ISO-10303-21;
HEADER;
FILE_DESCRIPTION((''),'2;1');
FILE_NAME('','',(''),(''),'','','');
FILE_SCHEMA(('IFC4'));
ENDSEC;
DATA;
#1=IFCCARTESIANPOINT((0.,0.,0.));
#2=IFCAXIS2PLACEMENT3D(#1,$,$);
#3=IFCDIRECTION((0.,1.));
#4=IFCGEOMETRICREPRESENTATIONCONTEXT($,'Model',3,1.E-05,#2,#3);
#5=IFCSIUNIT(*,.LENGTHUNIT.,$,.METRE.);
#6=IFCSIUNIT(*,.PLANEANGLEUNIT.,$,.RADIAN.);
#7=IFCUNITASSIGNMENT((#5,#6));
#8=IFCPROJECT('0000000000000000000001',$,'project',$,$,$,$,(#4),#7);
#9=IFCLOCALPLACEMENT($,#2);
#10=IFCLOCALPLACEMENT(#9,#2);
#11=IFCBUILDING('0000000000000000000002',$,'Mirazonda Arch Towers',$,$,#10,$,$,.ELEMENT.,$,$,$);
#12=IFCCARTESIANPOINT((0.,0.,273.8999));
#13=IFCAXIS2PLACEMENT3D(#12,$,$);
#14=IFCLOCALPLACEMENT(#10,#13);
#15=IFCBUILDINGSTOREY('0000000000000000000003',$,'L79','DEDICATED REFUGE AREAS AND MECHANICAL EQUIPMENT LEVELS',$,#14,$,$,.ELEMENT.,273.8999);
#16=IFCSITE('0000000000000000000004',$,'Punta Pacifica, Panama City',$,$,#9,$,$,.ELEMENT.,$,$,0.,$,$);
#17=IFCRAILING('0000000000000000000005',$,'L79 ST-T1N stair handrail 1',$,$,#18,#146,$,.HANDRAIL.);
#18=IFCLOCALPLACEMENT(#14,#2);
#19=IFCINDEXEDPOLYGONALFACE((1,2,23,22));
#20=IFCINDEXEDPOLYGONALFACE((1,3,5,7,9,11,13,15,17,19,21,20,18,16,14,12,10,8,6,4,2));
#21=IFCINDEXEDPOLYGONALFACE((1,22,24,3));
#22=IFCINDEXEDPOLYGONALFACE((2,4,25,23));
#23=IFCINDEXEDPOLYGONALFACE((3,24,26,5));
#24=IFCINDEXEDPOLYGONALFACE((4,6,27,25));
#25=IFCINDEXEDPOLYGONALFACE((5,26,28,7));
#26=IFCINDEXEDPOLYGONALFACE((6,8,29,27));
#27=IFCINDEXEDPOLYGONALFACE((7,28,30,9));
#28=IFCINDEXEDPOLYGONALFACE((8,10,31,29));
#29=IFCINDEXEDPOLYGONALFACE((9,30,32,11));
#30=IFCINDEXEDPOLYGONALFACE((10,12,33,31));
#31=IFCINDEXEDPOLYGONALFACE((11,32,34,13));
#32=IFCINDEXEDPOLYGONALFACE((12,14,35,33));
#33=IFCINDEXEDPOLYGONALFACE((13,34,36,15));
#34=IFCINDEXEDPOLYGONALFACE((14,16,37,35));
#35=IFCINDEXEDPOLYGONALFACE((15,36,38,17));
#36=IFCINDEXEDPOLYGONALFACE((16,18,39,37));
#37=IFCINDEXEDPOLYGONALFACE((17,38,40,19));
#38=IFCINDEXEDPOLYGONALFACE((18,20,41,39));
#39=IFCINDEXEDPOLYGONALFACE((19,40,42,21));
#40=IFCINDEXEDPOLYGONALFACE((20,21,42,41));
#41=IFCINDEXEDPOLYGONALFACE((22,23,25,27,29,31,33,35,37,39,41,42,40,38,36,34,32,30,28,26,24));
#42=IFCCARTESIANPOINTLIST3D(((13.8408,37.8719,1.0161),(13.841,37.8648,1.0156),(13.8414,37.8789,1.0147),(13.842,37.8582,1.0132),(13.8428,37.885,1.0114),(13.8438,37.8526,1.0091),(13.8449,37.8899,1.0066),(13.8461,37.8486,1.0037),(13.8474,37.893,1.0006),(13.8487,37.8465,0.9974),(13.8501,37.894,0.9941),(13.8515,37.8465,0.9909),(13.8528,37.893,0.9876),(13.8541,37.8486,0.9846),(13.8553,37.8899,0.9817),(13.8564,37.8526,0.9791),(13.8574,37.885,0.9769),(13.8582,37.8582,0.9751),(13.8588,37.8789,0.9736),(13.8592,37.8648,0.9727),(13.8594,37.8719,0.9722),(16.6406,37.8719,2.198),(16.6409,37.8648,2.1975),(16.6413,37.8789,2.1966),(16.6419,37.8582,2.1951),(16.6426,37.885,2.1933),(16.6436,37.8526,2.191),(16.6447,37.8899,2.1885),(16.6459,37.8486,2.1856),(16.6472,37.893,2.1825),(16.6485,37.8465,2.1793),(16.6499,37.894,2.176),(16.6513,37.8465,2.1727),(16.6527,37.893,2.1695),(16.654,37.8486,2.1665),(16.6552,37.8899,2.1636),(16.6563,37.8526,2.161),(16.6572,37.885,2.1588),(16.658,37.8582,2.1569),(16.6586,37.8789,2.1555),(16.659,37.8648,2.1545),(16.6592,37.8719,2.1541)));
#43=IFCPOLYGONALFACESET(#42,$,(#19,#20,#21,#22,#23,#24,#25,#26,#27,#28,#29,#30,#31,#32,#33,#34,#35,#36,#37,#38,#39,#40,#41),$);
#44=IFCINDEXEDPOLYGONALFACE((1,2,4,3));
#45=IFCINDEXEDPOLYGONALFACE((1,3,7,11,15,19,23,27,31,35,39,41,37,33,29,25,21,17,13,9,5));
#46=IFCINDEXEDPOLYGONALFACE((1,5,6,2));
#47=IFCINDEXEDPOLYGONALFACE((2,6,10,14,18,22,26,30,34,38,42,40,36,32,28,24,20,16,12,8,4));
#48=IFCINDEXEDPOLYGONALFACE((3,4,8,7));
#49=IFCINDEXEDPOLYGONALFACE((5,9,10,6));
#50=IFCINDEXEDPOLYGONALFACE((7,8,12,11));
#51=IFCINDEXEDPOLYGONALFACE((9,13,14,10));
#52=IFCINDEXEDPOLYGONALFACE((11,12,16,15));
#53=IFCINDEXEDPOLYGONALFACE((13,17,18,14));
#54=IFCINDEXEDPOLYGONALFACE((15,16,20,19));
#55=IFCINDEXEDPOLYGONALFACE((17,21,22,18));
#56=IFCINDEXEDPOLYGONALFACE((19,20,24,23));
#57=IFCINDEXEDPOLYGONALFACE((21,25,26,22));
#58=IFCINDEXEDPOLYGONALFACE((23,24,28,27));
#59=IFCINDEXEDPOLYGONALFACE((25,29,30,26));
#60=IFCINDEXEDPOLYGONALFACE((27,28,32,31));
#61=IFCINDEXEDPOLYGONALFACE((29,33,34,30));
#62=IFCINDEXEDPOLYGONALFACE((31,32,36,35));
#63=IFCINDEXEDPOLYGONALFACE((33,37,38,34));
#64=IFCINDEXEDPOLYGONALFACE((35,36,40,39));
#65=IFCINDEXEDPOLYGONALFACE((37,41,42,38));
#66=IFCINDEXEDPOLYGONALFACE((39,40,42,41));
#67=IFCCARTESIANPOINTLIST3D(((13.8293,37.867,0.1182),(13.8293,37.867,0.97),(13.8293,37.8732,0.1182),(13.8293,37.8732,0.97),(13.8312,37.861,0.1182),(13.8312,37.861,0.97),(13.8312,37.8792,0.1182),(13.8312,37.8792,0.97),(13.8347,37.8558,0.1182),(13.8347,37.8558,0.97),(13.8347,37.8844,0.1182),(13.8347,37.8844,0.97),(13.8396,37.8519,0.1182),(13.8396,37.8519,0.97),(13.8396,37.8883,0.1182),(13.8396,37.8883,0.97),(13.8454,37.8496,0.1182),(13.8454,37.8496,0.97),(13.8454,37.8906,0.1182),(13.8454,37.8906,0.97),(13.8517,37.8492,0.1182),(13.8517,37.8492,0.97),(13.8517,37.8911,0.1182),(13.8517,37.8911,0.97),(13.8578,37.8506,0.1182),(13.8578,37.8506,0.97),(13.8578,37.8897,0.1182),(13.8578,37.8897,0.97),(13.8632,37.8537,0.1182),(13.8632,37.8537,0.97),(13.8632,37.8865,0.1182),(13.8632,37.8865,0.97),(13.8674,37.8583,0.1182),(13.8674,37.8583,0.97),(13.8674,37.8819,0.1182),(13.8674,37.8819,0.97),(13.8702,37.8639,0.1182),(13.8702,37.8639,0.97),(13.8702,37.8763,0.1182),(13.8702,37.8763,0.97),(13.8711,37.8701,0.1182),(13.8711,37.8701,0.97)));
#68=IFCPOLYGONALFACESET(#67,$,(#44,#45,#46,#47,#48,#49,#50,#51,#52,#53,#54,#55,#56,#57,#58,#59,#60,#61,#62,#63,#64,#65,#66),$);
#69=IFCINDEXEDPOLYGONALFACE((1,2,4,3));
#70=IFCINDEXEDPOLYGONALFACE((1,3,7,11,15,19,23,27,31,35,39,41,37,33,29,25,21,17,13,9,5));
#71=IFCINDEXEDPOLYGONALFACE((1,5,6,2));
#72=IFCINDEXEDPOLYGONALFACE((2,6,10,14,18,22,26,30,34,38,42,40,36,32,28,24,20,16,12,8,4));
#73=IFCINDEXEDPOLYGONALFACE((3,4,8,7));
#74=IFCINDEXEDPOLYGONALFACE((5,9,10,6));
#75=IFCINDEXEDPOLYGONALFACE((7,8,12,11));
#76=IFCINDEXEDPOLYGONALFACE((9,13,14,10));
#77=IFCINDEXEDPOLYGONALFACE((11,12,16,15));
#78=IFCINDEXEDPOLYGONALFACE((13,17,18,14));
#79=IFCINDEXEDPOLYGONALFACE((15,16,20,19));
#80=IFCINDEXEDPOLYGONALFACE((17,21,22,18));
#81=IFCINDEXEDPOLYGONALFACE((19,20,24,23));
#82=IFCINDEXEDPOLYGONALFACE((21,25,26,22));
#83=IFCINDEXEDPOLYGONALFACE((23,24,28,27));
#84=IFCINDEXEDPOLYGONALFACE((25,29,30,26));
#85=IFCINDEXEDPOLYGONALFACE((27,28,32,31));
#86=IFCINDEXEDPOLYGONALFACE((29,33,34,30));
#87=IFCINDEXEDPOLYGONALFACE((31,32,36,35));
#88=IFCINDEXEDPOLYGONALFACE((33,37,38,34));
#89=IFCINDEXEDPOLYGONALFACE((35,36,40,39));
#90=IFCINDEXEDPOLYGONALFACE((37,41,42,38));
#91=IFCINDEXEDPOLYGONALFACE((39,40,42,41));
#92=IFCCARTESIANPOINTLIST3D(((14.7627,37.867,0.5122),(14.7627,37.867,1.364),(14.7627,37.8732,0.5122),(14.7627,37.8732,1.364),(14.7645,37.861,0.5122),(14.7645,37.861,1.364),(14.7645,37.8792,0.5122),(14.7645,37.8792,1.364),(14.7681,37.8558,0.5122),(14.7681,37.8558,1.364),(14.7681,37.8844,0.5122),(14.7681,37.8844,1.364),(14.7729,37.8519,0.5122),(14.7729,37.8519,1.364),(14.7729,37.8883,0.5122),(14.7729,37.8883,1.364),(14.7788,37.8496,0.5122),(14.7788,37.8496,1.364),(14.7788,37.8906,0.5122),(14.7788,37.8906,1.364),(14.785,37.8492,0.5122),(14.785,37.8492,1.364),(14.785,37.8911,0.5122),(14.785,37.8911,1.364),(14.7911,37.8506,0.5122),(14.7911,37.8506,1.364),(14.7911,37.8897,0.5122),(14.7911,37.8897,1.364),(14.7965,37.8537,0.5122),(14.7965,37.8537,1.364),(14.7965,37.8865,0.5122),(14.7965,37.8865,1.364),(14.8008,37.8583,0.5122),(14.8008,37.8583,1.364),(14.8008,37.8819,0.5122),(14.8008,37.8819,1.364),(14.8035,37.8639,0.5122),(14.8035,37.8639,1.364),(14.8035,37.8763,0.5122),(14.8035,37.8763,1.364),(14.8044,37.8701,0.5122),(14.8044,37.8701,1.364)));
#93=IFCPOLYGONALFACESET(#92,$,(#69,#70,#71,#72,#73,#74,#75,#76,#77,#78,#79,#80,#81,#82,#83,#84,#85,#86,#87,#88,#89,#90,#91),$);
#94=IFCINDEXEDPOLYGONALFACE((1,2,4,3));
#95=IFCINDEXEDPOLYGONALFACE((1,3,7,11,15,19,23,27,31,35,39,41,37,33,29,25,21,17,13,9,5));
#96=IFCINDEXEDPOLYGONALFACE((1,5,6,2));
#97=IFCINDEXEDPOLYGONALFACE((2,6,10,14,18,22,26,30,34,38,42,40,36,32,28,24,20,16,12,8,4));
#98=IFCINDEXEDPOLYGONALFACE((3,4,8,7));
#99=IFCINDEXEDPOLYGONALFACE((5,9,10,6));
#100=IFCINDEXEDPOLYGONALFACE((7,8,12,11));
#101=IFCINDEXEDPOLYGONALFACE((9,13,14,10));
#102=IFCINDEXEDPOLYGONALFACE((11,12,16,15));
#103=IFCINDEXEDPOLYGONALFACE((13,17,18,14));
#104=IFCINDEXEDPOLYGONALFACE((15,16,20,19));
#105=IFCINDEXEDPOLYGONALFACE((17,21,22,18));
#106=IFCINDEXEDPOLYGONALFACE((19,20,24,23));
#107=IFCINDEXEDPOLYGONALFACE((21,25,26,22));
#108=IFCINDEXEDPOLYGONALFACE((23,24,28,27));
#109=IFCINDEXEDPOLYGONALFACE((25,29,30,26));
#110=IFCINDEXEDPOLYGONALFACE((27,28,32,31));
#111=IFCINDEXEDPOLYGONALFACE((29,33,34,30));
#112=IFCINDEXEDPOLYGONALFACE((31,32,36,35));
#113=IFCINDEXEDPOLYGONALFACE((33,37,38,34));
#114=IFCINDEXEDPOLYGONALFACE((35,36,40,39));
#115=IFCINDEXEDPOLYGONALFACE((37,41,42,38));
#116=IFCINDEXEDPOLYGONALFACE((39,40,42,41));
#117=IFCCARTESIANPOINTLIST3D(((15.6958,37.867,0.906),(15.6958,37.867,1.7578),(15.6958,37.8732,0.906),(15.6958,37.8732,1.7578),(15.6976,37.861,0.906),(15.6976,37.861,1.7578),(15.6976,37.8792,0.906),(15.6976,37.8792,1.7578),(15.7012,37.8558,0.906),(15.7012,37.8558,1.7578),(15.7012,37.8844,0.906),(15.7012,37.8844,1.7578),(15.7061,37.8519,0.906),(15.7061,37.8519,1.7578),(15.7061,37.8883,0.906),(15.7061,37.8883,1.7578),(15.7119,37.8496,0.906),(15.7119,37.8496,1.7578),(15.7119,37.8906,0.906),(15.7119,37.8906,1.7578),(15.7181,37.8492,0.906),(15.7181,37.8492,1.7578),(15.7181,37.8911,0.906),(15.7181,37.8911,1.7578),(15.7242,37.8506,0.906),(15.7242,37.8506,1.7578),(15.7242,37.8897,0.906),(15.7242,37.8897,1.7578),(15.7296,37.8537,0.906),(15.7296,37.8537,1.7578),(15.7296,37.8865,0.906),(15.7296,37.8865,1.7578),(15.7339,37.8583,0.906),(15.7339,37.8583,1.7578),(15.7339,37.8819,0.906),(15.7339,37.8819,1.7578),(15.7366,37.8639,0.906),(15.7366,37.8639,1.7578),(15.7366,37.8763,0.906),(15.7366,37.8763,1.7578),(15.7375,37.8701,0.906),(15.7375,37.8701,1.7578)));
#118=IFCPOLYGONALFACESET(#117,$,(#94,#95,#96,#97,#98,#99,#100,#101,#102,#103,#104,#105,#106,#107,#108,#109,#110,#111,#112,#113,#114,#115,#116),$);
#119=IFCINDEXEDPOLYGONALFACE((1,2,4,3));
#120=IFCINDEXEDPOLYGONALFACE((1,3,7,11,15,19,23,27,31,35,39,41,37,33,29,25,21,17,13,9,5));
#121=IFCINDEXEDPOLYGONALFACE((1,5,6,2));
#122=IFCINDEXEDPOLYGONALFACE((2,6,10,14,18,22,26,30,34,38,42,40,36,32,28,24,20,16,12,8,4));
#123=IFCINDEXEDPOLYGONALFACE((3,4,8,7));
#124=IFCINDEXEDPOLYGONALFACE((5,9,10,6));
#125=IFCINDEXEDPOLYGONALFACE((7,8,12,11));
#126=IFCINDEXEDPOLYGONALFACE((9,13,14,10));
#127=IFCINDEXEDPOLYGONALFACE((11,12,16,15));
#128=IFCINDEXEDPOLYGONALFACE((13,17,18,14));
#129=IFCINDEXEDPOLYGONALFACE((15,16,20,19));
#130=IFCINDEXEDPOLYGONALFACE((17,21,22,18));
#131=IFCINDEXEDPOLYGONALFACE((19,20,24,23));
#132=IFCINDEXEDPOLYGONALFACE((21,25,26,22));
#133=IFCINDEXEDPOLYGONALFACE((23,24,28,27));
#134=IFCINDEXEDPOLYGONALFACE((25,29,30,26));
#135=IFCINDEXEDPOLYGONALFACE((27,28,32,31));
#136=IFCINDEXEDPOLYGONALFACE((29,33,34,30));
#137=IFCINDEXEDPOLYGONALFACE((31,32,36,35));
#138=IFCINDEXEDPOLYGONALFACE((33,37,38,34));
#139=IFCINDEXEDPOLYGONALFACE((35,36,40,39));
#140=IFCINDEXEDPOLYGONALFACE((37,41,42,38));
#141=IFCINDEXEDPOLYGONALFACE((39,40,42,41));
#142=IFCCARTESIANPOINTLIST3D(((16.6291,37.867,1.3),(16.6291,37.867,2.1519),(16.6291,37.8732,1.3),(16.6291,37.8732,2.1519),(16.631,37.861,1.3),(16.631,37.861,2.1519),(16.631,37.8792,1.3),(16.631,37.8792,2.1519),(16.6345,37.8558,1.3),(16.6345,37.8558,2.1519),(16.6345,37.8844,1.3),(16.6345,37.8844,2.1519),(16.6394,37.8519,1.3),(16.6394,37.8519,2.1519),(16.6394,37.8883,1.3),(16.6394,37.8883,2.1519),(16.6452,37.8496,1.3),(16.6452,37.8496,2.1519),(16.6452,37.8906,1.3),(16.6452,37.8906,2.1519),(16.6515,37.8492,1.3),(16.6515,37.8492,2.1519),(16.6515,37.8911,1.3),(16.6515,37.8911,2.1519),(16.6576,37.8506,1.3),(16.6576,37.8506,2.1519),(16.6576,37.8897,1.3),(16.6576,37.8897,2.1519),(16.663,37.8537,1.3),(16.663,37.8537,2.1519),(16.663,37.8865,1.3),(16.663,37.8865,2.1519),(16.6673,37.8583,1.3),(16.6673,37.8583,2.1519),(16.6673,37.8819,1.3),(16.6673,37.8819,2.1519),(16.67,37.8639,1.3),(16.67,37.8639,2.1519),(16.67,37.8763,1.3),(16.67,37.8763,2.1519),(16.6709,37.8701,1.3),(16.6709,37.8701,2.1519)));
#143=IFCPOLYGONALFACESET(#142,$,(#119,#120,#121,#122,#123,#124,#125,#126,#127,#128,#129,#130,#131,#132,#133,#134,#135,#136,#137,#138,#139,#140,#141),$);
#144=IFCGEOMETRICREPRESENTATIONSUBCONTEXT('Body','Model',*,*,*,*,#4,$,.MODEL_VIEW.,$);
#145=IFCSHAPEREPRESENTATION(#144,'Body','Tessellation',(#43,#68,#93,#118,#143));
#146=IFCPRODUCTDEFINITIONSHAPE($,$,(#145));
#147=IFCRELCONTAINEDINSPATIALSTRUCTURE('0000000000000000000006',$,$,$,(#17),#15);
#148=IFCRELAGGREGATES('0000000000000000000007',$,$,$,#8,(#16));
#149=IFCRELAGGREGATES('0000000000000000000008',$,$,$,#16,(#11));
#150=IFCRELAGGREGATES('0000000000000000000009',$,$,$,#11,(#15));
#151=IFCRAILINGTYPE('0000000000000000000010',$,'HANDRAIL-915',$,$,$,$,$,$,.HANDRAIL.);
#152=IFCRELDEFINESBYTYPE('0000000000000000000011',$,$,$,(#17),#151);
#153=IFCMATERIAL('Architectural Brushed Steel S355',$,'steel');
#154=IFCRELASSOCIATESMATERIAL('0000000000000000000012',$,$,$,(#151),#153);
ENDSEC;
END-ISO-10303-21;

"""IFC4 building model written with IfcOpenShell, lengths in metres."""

from ifc_helpers import new_model, si_unit, direction, frame, origin, origin_2d, place, context, subcontext, project, spatial, circle, extrude, material, type_object, element, save


model = new_model("IFC4")

# Units and contexts
model_context = context("Model", 3, precision=1e-05, world=origin(), true_north=direction((0.0, 1.0)))
body_context = subcontext(model_context, "Body", "Model", "MODEL_VIEW")
ifc_project = project(units=[si_unit("LENGTHUNIT", "METRE"), si_unit("PLANEANGLEUNIT", "RADIAN")], contexts=[model_context])

# Site, building, storey
site_placement = place(None, origin())
site = spatial("IfcSite", under=ifc_project, at=site_placement, Name="Punta Pacifica, Panama City", CompositionType="ELEMENT", RefElevation=0.0)
building_placement = place(site_placement, origin())
building = spatial("IfcBuilding", under=site, at=building_placement, Name="Mirazonda Arch Towers", CompositionType="ELEMENT")
storey_placement = place(building_placement, frame((0.0, 0.0, 273.8999)))
storey = spatial("IfcBuildingStorey", under=building, at=storey_placement, Name="L79", Description="DEDICATED REFUGE AREAS AND MECHANICAL EQUIPMENT LEVELS", CompositionType="ELEMENT", Elevation=273.8999)

# Shared definitions
ifc_material_1 = material(Name="Architectural Brushed Steel S355", Category="steel")

# Railing
railing_type_1 = type_object("IfcRailingType", Name="HANDRAIL-915", PredefinedType="HANDRAIL", material=ifc_material_1)
railing_1_placement = place(storey_placement, frame((13.8501, 37.8701, 0.1182)))
element("IfcRailing", 1, at=railing_1_placement, inside=storey, type_object=railing_type_1, Name="L79 ST-T1N stair handrail 1", PredefinedType="HANDRAIL", context=body_context, shape_type="SweptSolid", body=[
    extrude(circle(Radius=0.0239, at=origin_2d()), frame((0.0, 0.0, 0.876), z_axis=(0.92128, 0.0, 0.388901), x_axis=(0.0, 1.0, 0.0)), (0.0, 0.0, 1.0), 3.0391),
    extrude(circle(Radius=0.021, at=origin_2d()), origin(), (0.0, 0.0, 1.0), 0.8518),
    extrude(circle(Radius=0.021, at=origin_2d()), frame((0.9333, 0.0, 0.394)), (0.0, 0.0, 1.0), 0.8518),
    extrude(circle(Radius=0.021, at=origin_2d()), frame((1.8665, 0.0, 0.7878)), (0.0, 0.0, 1.0), 0.8518),
    extrude(circle(Radius=0.021, at=origin_2d()), frame((2.7998, 0.0, 1.1819)), (0.0, 0.0, 1.0), 0.8518),
])

save(model, "model.ifc")
